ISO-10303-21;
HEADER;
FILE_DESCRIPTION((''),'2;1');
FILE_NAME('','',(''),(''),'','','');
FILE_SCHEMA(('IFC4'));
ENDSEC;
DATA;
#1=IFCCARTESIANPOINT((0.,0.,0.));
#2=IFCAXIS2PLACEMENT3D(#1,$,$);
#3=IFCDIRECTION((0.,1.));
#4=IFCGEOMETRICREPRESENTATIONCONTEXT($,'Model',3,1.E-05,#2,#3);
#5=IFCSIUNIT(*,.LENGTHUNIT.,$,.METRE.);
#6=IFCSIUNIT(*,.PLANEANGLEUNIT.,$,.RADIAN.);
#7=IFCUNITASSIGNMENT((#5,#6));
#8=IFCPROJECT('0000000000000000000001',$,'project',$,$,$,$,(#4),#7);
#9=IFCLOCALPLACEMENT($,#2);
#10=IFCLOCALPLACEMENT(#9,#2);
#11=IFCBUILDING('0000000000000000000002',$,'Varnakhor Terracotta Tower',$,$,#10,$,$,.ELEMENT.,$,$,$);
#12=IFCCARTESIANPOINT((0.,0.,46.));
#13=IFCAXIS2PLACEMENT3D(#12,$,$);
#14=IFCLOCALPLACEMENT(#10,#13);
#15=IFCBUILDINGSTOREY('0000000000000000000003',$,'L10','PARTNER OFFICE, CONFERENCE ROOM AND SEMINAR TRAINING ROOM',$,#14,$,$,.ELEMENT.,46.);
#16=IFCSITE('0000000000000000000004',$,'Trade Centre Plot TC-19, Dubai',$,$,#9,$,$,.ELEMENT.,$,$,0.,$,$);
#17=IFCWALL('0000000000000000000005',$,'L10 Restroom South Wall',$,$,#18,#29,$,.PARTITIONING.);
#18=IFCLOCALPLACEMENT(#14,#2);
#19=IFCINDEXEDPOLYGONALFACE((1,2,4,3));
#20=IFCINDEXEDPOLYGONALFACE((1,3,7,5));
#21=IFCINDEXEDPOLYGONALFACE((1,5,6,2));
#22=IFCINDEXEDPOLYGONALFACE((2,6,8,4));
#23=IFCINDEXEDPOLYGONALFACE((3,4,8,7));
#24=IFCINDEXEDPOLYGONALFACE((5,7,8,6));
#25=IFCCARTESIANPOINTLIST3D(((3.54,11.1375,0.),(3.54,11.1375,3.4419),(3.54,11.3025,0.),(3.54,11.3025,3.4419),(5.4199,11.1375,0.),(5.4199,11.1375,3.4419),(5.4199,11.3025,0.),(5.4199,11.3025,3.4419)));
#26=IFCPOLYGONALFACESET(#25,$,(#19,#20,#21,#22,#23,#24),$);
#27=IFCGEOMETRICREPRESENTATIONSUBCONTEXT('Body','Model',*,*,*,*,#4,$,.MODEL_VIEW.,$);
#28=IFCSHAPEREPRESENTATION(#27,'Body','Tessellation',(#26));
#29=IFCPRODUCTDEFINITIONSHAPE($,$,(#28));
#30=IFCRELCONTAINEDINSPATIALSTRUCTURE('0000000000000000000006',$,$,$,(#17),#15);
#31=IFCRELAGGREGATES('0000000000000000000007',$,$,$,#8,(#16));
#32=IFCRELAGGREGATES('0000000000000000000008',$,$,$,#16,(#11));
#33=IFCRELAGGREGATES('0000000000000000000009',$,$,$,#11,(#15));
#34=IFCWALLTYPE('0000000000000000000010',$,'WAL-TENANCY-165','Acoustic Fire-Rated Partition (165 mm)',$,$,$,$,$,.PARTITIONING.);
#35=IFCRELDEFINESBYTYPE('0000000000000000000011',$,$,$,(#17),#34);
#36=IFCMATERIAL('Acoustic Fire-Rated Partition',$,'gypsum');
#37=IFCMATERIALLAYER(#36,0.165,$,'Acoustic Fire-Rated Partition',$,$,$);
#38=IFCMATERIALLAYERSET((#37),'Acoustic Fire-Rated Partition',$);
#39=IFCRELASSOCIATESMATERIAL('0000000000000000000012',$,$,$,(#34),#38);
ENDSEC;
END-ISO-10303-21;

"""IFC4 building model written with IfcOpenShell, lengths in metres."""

from ifc_helpers import new_model, si_unit, direction, frame, frame_2d, origin, place, context, subcontext, project, spatial, rectangle, extrude, material, layer, layer_set, type_object, element, save


model = new_model("IFC4")

# Units and contexts
model_context = context("Model", 3, precision=1e-05, world=origin(), true_north=direction((0.0, 1.0)))
body_context = subcontext(model_context, "Body", "Model", "MODEL_VIEW")
ifc_project = project(units=[si_unit("LENGTHUNIT", "METRE"), si_unit("PLANEANGLEUNIT", "RADIAN")], contexts=[model_context])

# Site, building, storey
site_placement = place(None, origin())
site = spatial("IfcSite", under=ifc_project, at=site_placement, Name="Trade Centre Plot TC-19, Dubai", CompositionType="ELEMENT", RefElevation=0.0)
building_placement = place(site_placement, origin())
building = spatial("IfcBuilding", under=site, at=building_placement, Name="Varnakhor Terracotta Tower", CompositionType="ELEMENT")
storey_placement = place(building_placement, frame((0.0, 0.0, 46.0)))
storey = spatial("IfcBuildingStorey", under=building, at=storey_placement, Name="L10", Description="PARTNER OFFICE, CONFERENCE ROOM AND SEMINAR TRAINING ROOM", CompositionType="ELEMENT", Elevation=46.0)

# Shared definitions
ifc_material_1 = material(Name="Acoustic Fire-Rated Partition", Category="gypsum")
ifc_layer_1 = layer(ifc_material_1, 0.165, Name="Acoustic Fire-Rated Partition")
ifc_layer_set_1 = layer_set([ifc_layer_1], Name="Acoustic Fire-Rated Partition")
wall_type_1 = type_object("IfcWallType", Name="WAL-TENANCY-165", Description="Acoustic Fire-Rated Partition (165 mm)", PredefinedType="PARTITIONING", material=ifc_layer_set_1)

# Wall
wall_1_placement = place(storey_placement, frame((3.54, 11.22, 0.0), z_axis=(0.0, 0.0, 1.0), x_axis=(1.0, 0.0, 0.0)))
element("IfcWall", 1, at=wall_1_placement, inside=storey, type_object=wall_type_1, Name="L10 Restroom South Wall", PredefinedType="PARTITIONING", context=body_context, shape_type="SweptSolid", body=[
    extrude(rectangle(XDim=1.8799, YDim=0.165, at=frame_2d((0.9399, 0.0))), origin(), (0.0, 0.0, 1.0), 3.4419),
])

save(model, "model.ifc")
